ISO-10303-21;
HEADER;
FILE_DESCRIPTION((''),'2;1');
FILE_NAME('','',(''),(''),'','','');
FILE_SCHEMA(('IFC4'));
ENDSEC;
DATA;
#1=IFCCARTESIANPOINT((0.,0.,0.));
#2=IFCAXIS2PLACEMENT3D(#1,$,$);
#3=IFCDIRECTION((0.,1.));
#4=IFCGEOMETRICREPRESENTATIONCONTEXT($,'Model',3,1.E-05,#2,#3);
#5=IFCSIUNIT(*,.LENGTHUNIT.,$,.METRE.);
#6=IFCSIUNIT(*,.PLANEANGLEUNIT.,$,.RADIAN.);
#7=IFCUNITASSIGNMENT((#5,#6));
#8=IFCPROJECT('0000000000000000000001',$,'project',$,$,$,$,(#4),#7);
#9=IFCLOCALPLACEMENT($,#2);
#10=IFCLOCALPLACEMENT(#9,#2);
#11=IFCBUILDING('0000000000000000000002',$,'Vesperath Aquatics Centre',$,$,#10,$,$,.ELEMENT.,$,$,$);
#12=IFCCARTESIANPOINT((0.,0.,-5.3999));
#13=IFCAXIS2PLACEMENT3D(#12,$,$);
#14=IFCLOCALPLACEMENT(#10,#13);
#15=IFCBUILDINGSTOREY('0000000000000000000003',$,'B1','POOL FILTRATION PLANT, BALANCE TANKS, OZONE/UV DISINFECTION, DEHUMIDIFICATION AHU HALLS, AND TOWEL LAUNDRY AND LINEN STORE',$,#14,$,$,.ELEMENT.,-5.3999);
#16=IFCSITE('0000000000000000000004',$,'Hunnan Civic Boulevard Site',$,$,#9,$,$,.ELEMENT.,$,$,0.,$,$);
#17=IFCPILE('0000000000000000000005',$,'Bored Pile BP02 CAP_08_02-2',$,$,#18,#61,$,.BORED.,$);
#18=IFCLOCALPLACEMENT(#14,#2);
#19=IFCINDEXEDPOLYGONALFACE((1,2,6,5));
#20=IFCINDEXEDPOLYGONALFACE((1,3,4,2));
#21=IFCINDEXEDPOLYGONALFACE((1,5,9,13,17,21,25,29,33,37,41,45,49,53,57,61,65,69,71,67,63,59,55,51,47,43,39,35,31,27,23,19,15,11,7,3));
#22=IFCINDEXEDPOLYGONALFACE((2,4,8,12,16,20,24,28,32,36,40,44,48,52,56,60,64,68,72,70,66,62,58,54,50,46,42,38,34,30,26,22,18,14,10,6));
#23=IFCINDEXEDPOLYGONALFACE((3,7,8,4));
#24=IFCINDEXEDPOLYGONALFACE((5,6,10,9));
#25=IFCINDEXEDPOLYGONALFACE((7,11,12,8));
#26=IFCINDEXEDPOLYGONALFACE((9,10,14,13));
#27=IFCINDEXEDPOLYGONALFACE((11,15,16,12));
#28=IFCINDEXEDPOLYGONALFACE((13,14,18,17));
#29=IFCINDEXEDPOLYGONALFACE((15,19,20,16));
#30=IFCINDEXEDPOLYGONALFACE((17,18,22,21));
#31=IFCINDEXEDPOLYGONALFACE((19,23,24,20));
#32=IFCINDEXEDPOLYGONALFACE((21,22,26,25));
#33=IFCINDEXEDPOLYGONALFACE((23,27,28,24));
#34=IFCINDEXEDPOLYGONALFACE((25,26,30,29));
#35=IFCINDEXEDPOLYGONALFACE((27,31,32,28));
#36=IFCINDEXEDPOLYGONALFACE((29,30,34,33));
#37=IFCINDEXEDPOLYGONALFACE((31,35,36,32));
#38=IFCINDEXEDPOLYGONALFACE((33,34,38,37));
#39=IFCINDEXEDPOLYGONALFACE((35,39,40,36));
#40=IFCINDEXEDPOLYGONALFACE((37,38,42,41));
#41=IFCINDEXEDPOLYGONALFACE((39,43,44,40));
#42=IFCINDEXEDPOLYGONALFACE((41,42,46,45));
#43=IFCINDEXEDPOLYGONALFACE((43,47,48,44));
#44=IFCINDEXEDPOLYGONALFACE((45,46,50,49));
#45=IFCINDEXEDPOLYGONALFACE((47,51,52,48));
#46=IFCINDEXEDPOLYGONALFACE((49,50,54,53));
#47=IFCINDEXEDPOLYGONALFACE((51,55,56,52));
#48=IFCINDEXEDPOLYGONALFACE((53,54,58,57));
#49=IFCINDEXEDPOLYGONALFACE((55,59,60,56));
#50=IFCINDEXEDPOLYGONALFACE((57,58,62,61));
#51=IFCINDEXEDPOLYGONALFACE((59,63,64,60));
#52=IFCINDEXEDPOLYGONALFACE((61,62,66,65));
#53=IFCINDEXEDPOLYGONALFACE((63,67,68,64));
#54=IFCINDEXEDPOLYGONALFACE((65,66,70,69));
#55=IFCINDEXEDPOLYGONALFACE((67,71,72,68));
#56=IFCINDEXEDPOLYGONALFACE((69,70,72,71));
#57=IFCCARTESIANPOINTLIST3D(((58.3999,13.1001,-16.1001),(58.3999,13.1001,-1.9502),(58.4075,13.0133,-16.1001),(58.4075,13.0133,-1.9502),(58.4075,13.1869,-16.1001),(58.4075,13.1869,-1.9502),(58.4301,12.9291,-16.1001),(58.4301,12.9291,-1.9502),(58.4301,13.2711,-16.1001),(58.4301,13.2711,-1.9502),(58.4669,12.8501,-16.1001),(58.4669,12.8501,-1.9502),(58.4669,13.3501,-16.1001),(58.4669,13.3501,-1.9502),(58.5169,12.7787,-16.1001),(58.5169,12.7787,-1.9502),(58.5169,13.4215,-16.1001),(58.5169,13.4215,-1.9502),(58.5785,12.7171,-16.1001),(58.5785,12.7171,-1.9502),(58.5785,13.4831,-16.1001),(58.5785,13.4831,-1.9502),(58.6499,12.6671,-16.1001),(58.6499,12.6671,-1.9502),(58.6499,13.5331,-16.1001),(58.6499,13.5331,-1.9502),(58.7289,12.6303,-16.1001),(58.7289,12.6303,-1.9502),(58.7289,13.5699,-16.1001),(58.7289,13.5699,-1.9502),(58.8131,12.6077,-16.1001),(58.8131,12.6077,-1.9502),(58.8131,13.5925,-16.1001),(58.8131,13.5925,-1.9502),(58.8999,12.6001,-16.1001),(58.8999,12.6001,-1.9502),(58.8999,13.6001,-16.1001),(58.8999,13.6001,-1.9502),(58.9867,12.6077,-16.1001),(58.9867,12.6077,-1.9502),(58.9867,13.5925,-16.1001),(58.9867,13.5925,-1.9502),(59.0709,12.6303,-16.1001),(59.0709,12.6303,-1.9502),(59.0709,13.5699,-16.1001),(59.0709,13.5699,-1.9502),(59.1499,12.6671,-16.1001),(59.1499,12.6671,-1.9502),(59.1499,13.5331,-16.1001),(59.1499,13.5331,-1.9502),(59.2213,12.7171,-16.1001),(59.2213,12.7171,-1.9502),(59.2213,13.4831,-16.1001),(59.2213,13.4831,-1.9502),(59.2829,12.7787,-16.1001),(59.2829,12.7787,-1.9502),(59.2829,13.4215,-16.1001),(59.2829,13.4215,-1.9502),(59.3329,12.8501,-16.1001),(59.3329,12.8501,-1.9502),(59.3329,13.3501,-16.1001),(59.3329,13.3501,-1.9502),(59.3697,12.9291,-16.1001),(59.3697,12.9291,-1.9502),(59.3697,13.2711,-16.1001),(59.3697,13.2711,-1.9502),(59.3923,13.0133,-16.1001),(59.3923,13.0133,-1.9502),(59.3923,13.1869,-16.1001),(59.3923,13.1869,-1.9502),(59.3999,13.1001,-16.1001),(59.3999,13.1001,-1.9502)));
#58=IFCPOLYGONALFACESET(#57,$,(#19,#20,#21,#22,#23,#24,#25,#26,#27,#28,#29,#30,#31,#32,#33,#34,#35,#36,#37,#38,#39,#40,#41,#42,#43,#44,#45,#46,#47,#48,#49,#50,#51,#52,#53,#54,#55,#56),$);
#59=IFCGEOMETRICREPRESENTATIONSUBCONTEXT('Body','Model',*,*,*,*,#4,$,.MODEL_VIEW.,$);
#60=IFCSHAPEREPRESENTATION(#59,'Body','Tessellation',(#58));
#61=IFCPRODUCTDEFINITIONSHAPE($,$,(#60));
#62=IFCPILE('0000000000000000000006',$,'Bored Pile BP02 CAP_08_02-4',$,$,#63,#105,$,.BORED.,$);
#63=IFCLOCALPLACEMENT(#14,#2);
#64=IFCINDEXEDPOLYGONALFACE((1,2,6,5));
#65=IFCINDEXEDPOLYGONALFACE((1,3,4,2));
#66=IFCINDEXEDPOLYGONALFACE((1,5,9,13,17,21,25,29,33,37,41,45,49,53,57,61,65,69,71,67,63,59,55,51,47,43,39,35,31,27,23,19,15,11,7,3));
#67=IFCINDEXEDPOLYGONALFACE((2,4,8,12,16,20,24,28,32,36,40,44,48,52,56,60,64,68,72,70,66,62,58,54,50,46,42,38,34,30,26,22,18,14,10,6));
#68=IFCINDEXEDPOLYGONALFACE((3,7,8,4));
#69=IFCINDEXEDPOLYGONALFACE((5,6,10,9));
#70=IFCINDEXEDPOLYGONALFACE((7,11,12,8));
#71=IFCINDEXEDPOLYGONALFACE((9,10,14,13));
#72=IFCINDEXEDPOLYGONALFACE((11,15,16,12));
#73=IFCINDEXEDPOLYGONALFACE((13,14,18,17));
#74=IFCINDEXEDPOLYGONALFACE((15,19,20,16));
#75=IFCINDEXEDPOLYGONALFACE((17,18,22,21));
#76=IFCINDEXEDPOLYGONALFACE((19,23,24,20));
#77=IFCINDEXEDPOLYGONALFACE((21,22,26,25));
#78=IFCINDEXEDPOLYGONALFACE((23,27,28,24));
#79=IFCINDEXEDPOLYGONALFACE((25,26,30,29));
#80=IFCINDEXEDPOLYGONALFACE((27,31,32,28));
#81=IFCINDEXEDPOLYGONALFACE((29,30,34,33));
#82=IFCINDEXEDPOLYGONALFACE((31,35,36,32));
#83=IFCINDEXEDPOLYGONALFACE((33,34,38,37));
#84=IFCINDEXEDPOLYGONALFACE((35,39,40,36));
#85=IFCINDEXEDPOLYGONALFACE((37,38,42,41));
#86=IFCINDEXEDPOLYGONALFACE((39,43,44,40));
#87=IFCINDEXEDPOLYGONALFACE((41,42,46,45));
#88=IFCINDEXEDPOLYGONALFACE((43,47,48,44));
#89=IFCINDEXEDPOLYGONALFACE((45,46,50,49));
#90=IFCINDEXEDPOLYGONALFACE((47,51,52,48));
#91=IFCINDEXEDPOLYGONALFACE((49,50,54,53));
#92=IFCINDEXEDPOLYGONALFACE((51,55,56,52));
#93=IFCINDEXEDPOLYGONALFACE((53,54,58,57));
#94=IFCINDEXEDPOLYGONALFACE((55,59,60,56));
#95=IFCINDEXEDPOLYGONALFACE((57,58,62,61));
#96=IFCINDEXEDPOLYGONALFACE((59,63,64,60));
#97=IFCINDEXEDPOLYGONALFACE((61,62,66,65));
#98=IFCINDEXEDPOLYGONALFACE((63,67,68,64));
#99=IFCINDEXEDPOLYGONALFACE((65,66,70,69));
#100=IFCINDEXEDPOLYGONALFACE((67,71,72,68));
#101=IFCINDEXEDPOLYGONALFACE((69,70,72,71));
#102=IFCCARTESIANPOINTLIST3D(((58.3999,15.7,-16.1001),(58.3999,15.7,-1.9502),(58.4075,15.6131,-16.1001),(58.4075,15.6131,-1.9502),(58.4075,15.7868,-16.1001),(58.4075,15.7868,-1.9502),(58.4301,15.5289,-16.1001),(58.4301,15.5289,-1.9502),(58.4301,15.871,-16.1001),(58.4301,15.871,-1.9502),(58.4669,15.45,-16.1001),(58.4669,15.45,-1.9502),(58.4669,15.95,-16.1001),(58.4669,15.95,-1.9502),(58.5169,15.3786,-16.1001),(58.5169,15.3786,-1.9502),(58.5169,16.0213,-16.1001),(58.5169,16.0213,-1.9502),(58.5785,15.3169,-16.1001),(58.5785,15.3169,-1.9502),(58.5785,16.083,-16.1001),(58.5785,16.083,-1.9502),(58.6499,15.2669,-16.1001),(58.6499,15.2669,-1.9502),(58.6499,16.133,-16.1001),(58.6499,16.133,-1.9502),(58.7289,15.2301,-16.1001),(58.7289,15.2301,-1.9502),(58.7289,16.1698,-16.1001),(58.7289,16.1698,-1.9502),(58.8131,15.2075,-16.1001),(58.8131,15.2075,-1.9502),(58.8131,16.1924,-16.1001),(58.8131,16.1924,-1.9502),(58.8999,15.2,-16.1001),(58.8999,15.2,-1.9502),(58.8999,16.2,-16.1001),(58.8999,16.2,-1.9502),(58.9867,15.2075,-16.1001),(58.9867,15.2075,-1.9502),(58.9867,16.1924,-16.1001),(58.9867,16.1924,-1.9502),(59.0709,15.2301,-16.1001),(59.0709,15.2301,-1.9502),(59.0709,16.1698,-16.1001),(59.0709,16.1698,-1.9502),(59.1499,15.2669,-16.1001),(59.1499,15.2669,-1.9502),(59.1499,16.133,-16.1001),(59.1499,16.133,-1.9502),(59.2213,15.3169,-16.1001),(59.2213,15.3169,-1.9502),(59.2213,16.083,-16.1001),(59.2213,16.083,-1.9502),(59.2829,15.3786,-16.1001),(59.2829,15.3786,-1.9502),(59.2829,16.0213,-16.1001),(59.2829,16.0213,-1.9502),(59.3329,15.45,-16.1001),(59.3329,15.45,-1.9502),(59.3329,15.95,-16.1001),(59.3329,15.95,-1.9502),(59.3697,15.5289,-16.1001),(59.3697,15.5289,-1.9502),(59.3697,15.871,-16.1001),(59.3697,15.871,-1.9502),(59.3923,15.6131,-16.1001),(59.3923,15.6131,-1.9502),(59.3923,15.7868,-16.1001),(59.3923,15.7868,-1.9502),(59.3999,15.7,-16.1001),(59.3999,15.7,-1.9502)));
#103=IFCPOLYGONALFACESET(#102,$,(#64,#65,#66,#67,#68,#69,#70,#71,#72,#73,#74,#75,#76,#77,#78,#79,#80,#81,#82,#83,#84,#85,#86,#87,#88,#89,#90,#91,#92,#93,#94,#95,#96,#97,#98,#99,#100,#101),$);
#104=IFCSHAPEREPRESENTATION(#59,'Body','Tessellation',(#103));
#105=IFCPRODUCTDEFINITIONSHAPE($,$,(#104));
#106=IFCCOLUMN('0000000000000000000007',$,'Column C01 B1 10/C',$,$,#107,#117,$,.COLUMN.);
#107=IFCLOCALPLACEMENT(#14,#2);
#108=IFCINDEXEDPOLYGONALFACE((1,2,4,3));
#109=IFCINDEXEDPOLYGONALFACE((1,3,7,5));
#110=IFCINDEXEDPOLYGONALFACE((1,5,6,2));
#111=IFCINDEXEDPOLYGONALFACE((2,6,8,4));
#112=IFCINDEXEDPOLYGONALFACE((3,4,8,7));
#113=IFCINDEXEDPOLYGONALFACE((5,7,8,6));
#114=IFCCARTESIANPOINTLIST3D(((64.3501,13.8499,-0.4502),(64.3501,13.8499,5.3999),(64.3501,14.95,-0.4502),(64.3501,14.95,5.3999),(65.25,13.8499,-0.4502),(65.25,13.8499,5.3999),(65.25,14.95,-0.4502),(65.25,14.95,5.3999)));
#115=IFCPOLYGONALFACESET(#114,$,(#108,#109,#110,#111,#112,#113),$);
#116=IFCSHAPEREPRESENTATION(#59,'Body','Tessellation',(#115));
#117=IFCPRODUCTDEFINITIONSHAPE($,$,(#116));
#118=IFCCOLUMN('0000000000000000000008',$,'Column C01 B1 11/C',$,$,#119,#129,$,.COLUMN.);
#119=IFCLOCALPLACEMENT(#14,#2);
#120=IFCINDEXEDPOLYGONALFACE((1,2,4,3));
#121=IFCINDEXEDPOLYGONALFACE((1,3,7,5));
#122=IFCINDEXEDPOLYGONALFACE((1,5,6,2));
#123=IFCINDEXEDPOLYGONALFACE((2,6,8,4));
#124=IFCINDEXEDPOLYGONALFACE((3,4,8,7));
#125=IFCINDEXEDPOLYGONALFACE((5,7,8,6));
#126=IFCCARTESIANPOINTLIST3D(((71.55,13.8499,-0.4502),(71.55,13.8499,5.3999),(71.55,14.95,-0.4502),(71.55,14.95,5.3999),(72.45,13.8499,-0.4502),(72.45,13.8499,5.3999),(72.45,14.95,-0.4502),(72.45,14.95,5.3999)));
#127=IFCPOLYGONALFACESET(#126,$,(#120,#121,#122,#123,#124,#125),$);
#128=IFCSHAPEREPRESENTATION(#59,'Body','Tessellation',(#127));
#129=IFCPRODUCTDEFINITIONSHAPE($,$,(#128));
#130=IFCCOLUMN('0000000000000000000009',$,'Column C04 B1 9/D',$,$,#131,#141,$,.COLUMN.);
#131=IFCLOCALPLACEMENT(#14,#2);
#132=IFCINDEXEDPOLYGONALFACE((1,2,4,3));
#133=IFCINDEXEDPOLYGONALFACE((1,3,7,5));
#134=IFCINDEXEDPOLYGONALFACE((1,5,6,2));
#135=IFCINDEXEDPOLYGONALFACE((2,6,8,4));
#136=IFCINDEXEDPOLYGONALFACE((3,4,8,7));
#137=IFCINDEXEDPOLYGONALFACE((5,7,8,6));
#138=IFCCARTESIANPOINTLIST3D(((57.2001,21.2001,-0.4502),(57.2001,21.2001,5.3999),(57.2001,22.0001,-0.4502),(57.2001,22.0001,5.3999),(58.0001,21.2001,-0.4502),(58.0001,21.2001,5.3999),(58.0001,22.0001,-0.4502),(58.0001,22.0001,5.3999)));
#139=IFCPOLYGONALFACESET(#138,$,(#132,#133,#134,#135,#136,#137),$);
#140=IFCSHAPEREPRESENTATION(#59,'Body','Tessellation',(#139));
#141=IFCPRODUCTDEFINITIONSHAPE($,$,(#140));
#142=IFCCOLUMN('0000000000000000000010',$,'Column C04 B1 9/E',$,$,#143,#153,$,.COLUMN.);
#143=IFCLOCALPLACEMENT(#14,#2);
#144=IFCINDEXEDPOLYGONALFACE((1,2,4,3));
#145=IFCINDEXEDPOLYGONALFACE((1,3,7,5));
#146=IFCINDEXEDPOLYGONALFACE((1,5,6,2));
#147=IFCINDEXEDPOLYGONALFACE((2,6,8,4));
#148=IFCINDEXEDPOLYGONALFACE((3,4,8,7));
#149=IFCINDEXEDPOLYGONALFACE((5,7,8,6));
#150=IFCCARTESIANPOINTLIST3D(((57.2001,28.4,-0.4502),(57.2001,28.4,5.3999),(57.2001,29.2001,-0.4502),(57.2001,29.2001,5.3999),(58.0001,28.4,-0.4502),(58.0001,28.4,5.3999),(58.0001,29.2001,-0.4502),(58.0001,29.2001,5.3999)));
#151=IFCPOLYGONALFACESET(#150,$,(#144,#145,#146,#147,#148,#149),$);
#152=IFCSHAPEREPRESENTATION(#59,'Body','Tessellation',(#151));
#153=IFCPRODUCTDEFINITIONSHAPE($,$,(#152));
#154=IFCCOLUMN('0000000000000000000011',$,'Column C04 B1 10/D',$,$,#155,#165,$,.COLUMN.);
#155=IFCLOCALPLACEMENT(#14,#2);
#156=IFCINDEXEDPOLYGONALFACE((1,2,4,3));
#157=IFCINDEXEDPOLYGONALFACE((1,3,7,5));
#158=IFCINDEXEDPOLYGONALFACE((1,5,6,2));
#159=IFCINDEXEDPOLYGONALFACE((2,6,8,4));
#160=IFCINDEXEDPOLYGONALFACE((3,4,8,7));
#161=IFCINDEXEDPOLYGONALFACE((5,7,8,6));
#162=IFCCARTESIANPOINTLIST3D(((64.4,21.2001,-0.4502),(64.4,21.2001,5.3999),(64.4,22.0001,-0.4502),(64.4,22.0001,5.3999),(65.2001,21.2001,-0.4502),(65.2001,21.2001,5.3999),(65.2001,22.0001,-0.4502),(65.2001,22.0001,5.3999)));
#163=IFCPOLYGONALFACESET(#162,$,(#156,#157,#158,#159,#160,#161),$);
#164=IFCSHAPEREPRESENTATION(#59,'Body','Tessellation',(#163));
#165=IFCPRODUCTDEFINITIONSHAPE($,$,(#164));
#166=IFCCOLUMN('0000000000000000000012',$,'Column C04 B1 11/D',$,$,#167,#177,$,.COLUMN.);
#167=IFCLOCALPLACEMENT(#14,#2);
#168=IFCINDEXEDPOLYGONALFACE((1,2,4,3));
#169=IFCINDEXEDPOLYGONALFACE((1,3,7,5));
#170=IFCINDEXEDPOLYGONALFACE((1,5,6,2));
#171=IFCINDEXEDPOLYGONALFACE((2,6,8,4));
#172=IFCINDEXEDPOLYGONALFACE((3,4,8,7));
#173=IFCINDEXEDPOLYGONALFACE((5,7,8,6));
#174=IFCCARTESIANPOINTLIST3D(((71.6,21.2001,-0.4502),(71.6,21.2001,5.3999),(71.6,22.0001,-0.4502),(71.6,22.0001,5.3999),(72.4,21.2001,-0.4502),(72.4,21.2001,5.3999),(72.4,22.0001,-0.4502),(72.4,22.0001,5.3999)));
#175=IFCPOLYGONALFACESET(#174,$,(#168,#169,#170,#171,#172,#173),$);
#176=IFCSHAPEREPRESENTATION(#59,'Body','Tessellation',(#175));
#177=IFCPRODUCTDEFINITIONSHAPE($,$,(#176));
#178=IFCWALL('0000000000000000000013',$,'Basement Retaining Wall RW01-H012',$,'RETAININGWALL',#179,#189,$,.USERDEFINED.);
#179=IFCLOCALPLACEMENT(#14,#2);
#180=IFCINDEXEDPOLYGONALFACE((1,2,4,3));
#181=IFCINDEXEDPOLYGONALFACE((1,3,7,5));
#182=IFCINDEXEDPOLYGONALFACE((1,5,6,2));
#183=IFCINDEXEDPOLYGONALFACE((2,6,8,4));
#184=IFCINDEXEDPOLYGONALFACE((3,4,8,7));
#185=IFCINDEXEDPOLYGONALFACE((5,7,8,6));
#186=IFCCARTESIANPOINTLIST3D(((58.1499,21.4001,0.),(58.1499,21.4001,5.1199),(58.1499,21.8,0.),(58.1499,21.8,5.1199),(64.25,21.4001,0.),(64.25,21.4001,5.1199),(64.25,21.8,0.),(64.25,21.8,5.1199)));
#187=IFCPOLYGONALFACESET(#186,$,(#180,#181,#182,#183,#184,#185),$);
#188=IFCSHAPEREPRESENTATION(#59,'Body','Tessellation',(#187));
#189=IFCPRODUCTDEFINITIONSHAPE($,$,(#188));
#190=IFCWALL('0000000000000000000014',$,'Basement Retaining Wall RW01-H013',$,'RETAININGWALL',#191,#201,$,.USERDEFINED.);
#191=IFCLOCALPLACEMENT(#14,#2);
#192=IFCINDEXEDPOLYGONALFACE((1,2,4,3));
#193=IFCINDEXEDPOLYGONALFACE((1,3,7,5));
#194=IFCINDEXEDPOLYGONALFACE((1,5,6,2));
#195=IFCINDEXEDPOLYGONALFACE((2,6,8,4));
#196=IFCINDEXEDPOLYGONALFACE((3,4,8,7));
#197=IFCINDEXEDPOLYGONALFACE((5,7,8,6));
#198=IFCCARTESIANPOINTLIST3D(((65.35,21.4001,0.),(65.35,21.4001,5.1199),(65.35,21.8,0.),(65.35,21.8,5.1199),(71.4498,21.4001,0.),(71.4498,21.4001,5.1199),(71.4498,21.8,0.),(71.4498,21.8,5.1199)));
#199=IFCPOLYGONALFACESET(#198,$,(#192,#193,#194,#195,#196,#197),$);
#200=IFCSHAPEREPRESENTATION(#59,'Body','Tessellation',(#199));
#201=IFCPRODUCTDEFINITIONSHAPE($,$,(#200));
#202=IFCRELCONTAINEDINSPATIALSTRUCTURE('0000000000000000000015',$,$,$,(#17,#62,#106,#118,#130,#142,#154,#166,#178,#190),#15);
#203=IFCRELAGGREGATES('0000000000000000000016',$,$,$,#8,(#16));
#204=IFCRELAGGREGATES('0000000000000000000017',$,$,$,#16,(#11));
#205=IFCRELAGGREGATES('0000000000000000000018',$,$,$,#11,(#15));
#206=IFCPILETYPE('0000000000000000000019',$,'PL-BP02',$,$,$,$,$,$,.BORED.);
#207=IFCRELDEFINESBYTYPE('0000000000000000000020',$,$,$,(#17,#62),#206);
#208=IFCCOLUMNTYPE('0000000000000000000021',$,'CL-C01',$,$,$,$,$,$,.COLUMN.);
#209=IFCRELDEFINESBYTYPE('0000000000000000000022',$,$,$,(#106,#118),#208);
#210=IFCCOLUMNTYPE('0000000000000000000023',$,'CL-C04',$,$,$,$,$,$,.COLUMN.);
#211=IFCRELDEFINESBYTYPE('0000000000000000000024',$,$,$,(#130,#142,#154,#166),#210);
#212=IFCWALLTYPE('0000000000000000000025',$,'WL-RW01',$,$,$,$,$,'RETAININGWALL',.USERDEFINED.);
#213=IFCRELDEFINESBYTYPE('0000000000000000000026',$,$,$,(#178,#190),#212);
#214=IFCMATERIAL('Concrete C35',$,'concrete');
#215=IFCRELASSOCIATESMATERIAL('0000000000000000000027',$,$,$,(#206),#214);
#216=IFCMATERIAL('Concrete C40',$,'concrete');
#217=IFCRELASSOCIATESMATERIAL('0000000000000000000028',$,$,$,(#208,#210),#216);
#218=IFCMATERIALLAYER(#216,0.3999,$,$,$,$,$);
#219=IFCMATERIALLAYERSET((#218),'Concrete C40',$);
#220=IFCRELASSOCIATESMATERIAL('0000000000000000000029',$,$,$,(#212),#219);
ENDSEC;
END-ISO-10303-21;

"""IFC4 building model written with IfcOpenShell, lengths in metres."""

from ifc_helpers import new_model, si_unit, direction, frame, frame_2d, origin, origin_2d, place, context, subcontext, project, spatial, rectangle, circle, extrude, material, layer, layer_set, material_profile, profile_set, type_object, element, save


model = new_model("IFC4")

# Units and contexts
model_context = context("Model", 3, precision=1e-05, world=origin(), true_north=direction((0.0, 1.0)))
body_context = subcontext(model_context, "Body", "Model", "MODEL_VIEW")
ifc_project = project(units=[si_unit("LENGTHUNIT", "METRE"), si_unit("PLANEANGLEUNIT", "RADIAN")], contexts=[model_context])

# Site, building, storey
site_placement = place(None, origin())
site = spatial("IfcSite", under=ifc_project, at=site_placement, Name="Hunnan Civic Boulevard Site", CompositionType="ELEMENT", RefElevation=0.0)
building_placement = place(site_placement, origin())
building = spatial("IfcBuilding", under=site, at=building_placement, Name="Vesperath Aquatics Centre", CompositionType="ELEMENT")
storey_placement = place(building_placement, frame((0.0, 0.0, -5.3999)))
storey = spatial("IfcBuildingStorey", under=building, at=storey_placement, Name="B1", Description="POOL FILTRATION PLANT, BALANCE TANKS, OZONE/UV DISINFECTION, DEHUMIDIFICATION AHU HALLS, AND TOWEL LAUNDRY AND LINEN STORE", CompositionType="ELEMENT", Elevation=-5.3999)

# Shared definitions
ifc_material_1 = material(Name="Concrete C40", Category="concrete")

# Piles
ifc_material_2 = material(Name="Concrete C35", Category="concrete")
ifc_material_profile_1 = material_profile(ifc_material_2, circle(Radius=0.5, at=origin_2d()), Name="PILE D1000")
ifc_profile_set_1 = profile_set([ifc_material_profile_1], Name="Concrete C35")
pile_type_1 = type_object("IfcPileType", Name="PL-BP02", PredefinedType="BORED", material=ifc_profile_set_1)
for number, where, z_axis, x_axis, name in (
    (1, (58.8999, 13.1001, -1.9502), (0.0, 0.0, -1.0), (1.0, 0.0, 0.0), "Bored Pile BP02 CAP_08_02-2"),
    (2, (58.8999, 15.7, -1.9502), (0.0, 0.0, -1.0), (1.0, 0.0, 0.0), "Bored Pile BP02 CAP_08_02-4"),
):
    element("IfcPile", number, at=place(storey_placement, frame(where, z_axis=z_axis, x_axis=x_axis)), inside=storey, type_object=pile_type_1, Name=name, PredefinedType="BORED", context=body_context, shape_type="SweptSolid", body=[
        extrude(circle(Radius=0.5, at=origin_2d()), origin(), (0.0, 0.0, 1.0), 14.1499),
    ])

# Columns
ifc_material_profile_2 = material_profile(ifc_material_1, rectangle(XDim=0.8999, YDim=1.1001, at=origin_2d()), Name="RC 1100x900")
ifc_profile_set_2 = profile_set([ifc_material_profile_2], Name="Concrete C40")
column_type_1 = type_object("IfcColumnType", Name="CL-C01", PredefinedType="COLUMN", material=ifc_profile_set_2)
for number, where, z_axis, x_axis, name in (
    (3, (64.8, 14.3999, -0.4502), (0.0, 0.0, 1.0), (1.0, 0.0, 0.0), "Column C01 B1 10/C"),
    (4, (72.0, 14.3999, -0.4502), (0.0, 0.0, 1.0), (1.0, 0.0, 0.0), "Column C01 B1 11/C"),
):
    element("IfcColumn", number, at=place(storey_placement, frame(where, z_axis=z_axis, x_axis=x_axis)), inside=storey, type_object=column_type_1, Name=name, PredefinedType="COLUMN", context=body_context, shape_type="SweptSolid", body=[
        extrude(rectangle(XDim=0.8999, YDim=1.1001, at=origin_2d()), origin(), (0.0, 0.0, 1.0), 5.8501),
    ])
ifc_material_profile_3 = material_profile(ifc_material_1, rectangle(XDim=0.8, YDim=0.8, at=origin_2d()), Name="RC 800x800")
ifc_profile_set_3 = profile_set([ifc_material_profile_3], Name="Concrete C40")
column_type_2 = type_object("IfcColumnType", Name="CL-C04", PredefinedType="COLUMN", material=ifc_profile_set_3)
for number, where, z_axis, x_axis, name in (
    (5, (57.6001, 21.6001, -0.4502), (0.0, 0.0, 1.0), (1.0, 0.0, 0.0), "Column C04 B1 9/D"),
    (6, (57.6001, 28.8, -0.4502), (0.0, 0.0, 1.0), (1.0, 0.0, 0.0), "Column C04 B1 9/E"),
    (7, (64.8, 21.6001, -0.4502), (0.0, 0.0, 1.0), (1.0, 0.0, 0.0), "Column C04 B1 10/D"),
    (8, (72.0, 21.6001, -0.4502), (0.0, 0.0, 1.0), (1.0, 0.0, 0.0), "Column C04 B1 11/D"),
):
    element("IfcColumn", number, at=place(storey_placement, frame(where, z_axis=z_axis, x_axis=x_axis)), inside=storey, type_object=column_type_2, Name=name, PredefinedType="COLUMN", context=body_context, shape_type="SweptSolid", body=[
        extrude(rectangle(XDim=0.8, YDim=0.8, at=origin_2d()), origin(), (0.0, 0.0, 1.0), 5.8501),
    ])

# Walls
ifc_layer_1 = layer(ifc_material_1, 0.3999)
ifc_layer_set_1 = layer_set([ifc_layer_1], Name="Concrete C40")
wall_type_1 = type_object("IfcWallType", Name="WL-RW01", ElementType="RETAININGWALL", PredefinedType="USERDEFINED", material=ifc_layer_set_1)
wall_1_placement = place(storey_placement, frame((58.1499, 21.6001, 0.0), z_axis=(0.0, 0.0, 1.0), x_axis=(1.0, 0.0, 0.0)))
element("IfcWall", 9, at=wall_1_placement, inside=storey, type_object=wall_type_1, Name="Basement Retaining Wall RW01-H012", ObjectType="RETAININGWALL", PredefinedType="USERDEFINED", context=body_context, shape_type="SweptSolid", body=[
    extrude(rectangle(XDim=6.1001, YDim=0.3999, at=frame_2d((3.05, 0.0))), origin(), (0.0, 0.0, 1.0), 5.1199),
])
for number, where, z_axis, x_axis, name in (
    (10, (65.3501, 21.6001, 0.0), (0.0, 0.0, 1.0), (1.0, 0.0, 0.0), "Basement Retaining Wall RW01-H013"),
):
    element("IfcWall", number, at=place(storey_placement, frame(where, z_axis=z_axis, x_axis=x_axis)), inside=storey, type_object=wall_type_1, Name=name, ObjectType="RETAININGWALL", PredefinedType="USERDEFINED", context=body_context, shape_type="SweptSolid", body=[
        extrude(rectangle(XDim=6.0999, YDim=0.3999, at=frame_2d((3.0498, 0.0))), origin(), (0.0, 0.0, 1.0), 5.1199),
    ])

save(model, "model.ifc")
